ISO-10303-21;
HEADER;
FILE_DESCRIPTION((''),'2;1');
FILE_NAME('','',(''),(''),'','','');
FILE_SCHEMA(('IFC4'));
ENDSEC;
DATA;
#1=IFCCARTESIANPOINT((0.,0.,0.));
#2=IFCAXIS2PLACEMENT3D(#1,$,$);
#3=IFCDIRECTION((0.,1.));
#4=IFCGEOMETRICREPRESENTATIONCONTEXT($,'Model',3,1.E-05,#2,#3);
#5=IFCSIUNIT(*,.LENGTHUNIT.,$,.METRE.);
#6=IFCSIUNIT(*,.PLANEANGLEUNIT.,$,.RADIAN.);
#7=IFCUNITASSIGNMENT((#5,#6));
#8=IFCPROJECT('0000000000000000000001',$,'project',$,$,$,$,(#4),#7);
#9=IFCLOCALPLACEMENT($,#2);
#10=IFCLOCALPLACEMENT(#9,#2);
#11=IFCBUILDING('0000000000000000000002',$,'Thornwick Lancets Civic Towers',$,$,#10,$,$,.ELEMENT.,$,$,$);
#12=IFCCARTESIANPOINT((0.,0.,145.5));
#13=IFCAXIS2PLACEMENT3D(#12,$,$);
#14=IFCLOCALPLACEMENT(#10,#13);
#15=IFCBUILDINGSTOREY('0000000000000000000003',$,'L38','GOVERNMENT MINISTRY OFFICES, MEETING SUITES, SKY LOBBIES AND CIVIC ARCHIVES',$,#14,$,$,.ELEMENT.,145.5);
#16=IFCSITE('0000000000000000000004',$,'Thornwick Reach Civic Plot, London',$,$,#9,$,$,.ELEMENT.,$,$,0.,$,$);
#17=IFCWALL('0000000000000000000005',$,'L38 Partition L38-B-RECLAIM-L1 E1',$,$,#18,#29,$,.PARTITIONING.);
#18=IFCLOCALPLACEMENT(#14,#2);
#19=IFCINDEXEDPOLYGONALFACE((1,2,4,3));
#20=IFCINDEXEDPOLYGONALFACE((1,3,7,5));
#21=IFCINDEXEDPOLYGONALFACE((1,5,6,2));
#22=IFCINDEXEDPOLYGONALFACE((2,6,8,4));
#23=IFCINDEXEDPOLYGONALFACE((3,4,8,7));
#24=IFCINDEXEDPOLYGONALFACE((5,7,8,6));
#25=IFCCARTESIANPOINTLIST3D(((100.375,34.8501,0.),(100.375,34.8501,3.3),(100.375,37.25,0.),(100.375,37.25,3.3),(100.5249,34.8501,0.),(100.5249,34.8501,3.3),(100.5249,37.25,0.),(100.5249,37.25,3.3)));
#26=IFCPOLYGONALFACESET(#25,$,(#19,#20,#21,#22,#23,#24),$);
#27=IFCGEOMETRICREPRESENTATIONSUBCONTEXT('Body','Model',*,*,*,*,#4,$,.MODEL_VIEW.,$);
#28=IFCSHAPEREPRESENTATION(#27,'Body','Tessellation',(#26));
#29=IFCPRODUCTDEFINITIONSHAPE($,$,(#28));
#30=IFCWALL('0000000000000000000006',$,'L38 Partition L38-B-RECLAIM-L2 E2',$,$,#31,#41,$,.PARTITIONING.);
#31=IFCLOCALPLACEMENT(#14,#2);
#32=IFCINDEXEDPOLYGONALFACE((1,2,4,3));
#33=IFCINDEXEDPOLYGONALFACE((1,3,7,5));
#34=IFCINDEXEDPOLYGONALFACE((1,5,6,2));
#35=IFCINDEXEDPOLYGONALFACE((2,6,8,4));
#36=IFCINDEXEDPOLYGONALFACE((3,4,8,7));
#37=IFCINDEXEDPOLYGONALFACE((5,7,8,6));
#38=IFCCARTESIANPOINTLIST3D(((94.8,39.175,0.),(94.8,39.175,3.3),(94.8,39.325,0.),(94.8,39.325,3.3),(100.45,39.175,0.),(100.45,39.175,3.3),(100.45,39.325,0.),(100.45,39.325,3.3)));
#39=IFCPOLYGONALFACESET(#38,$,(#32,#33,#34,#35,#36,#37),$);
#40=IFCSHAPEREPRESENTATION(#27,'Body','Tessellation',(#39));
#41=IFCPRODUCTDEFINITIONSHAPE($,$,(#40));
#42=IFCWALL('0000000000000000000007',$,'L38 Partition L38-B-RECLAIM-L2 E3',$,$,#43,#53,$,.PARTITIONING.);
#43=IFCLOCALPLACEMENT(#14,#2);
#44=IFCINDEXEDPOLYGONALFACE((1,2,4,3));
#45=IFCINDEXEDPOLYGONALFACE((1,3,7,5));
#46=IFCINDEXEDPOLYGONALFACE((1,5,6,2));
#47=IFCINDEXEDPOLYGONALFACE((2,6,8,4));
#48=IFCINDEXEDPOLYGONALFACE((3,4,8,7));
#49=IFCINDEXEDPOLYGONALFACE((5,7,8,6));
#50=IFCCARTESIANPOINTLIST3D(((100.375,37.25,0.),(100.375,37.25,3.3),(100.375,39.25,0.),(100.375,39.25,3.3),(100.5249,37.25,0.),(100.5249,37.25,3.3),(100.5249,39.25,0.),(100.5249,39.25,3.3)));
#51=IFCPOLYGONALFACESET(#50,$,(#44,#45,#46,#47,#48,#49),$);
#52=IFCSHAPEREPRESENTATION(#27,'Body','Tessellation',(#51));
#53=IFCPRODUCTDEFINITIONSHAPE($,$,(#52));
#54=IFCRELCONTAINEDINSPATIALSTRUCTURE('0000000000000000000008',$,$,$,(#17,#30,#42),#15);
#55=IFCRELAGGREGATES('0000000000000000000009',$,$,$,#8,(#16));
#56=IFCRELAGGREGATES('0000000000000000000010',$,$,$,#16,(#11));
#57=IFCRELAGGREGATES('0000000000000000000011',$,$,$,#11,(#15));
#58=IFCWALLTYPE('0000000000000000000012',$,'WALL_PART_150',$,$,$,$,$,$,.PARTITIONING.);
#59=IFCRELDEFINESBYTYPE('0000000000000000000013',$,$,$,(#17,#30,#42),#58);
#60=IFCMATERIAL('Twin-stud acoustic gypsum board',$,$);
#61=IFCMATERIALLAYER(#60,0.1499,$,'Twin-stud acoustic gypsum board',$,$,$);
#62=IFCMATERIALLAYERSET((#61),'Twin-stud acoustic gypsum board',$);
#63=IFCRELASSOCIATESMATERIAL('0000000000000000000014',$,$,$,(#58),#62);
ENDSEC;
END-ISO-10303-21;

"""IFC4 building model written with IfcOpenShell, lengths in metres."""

from ifc_helpers import new_model, si_unit, direction, frame, frame_2d, origin, place, context, subcontext, project, spatial, rectangle, extrude, material, layer, layer_set, type_object, element, save


model = new_model("IFC4")

# Units and contexts
model_context = context("Model", 3, precision=1e-05, world=origin(), true_north=direction((0.0, 1.0)))
body_context = subcontext(model_context, "Body", "Model", "MODEL_VIEW")
ifc_project = project(units=[si_unit("LENGTHUNIT", "METRE"), si_unit("PLANEANGLEUNIT", "RADIAN")], contexts=[model_context])

# Site, building, storey
site_placement = place(None, origin())
site = spatial("IfcSite", under=ifc_project, at=site_placement, Name="Thornwick Reach Civic Plot, London", CompositionType="ELEMENT", RefElevation=0.0)
building_placement = place(site_placement, origin())
building = spatial("IfcBuilding", under=site, at=building_placement, Name="Thornwick Lancets Civic Towers", CompositionType="ELEMENT")
storey_placement = place(building_placement, frame((0.0, 0.0, 145.5)))
storey = spatial("IfcBuildingStorey", under=building, at=storey_placement, Name="L38", Description="GOVERNMENT MINISTRY OFFICES, MEETING SUITES, SKY LOBBIES AND CIVIC ARCHIVES", CompositionType="ELEMENT", Elevation=145.5)

# Wall
ifc_material_1 = material(Name="Twin-stud acoustic gypsum board")
ifc_layer_1 = layer(ifc_material_1, 0.1499, Name="Twin-stud acoustic gypsum board")
ifc_layer_set_1 = layer_set([ifc_layer_1], Name="Twin-stud acoustic gypsum board")
wall_type_1 = type_object("IfcWallType", Name="WALL_PART_150", PredefinedType="PARTITIONING", material=ifc_layer_set_1)
wall_1_placement = place(storey_placement, frame((100.45, 37.25, 0.0), z_axis=(0.0, 0.0, 1.0), x_axis=(0.0, -1.0, 0.0)))
element("IfcWall", 1, at=wall_1_placement, inside=storey, type_object=wall_type_1, Name="L38 Partition L38-B-RECLAIM-L1 E1", PredefinedType="PARTITIONING", context=body_context, shape_type="SweptSolid", body=[
    extrude(rectangle(XDim=2.3999, YDim=0.1499, at=frame_2d((1.2, 0.0))), origin(), (0.0, 0.0, 1.0), 3.3),
])

# Walls
wall_2_placement = place(storey_placement, frame((94.8, 39.25, 0.0), z_axis=(0.0, 0.0, 1.0), x_axis=(1.0, 0.0, 0.0)))
element("IfcWall", 2, at=wall_2_placement, inside=storey, type_object=wall_type_1, Name="L38 Partition L38-B-RECLAIM-L2 E2", PredefinedType="PARTITIONING", context=body_context, shape_type="SweptSolid", body=[
    extrude(rectangle(XDim=5.6499, YDim=0.1499, at=frame_2d((2.825, 0.0))), origin(), (0.0, 0.0, 1.0), 3.3),
])
wall_3_placement = place(storey_placement, frame((100.45, 39.25, 0.0), z_axis=(0.0, 0.0, 1.0), x_axis=(0.0, -1.0, 0.0)))
element("IfcWall", 3, at=wall_3_placement, inside=storey, type_object=wall_type_1, Name="L38 Partition L38-B-RECLAIM-L2 E3", PredefinedType="PARTITIONING", context=body_context, shape_type="SweptSolid", body=[
    extrude(rectangle(XDim=2.0, YDim=0.1499, at=frame_2d((1.0, 0.0))), origin(), (0.0, 0.0, 1.0), 3.3),
])

save(model, "model.ifc")
